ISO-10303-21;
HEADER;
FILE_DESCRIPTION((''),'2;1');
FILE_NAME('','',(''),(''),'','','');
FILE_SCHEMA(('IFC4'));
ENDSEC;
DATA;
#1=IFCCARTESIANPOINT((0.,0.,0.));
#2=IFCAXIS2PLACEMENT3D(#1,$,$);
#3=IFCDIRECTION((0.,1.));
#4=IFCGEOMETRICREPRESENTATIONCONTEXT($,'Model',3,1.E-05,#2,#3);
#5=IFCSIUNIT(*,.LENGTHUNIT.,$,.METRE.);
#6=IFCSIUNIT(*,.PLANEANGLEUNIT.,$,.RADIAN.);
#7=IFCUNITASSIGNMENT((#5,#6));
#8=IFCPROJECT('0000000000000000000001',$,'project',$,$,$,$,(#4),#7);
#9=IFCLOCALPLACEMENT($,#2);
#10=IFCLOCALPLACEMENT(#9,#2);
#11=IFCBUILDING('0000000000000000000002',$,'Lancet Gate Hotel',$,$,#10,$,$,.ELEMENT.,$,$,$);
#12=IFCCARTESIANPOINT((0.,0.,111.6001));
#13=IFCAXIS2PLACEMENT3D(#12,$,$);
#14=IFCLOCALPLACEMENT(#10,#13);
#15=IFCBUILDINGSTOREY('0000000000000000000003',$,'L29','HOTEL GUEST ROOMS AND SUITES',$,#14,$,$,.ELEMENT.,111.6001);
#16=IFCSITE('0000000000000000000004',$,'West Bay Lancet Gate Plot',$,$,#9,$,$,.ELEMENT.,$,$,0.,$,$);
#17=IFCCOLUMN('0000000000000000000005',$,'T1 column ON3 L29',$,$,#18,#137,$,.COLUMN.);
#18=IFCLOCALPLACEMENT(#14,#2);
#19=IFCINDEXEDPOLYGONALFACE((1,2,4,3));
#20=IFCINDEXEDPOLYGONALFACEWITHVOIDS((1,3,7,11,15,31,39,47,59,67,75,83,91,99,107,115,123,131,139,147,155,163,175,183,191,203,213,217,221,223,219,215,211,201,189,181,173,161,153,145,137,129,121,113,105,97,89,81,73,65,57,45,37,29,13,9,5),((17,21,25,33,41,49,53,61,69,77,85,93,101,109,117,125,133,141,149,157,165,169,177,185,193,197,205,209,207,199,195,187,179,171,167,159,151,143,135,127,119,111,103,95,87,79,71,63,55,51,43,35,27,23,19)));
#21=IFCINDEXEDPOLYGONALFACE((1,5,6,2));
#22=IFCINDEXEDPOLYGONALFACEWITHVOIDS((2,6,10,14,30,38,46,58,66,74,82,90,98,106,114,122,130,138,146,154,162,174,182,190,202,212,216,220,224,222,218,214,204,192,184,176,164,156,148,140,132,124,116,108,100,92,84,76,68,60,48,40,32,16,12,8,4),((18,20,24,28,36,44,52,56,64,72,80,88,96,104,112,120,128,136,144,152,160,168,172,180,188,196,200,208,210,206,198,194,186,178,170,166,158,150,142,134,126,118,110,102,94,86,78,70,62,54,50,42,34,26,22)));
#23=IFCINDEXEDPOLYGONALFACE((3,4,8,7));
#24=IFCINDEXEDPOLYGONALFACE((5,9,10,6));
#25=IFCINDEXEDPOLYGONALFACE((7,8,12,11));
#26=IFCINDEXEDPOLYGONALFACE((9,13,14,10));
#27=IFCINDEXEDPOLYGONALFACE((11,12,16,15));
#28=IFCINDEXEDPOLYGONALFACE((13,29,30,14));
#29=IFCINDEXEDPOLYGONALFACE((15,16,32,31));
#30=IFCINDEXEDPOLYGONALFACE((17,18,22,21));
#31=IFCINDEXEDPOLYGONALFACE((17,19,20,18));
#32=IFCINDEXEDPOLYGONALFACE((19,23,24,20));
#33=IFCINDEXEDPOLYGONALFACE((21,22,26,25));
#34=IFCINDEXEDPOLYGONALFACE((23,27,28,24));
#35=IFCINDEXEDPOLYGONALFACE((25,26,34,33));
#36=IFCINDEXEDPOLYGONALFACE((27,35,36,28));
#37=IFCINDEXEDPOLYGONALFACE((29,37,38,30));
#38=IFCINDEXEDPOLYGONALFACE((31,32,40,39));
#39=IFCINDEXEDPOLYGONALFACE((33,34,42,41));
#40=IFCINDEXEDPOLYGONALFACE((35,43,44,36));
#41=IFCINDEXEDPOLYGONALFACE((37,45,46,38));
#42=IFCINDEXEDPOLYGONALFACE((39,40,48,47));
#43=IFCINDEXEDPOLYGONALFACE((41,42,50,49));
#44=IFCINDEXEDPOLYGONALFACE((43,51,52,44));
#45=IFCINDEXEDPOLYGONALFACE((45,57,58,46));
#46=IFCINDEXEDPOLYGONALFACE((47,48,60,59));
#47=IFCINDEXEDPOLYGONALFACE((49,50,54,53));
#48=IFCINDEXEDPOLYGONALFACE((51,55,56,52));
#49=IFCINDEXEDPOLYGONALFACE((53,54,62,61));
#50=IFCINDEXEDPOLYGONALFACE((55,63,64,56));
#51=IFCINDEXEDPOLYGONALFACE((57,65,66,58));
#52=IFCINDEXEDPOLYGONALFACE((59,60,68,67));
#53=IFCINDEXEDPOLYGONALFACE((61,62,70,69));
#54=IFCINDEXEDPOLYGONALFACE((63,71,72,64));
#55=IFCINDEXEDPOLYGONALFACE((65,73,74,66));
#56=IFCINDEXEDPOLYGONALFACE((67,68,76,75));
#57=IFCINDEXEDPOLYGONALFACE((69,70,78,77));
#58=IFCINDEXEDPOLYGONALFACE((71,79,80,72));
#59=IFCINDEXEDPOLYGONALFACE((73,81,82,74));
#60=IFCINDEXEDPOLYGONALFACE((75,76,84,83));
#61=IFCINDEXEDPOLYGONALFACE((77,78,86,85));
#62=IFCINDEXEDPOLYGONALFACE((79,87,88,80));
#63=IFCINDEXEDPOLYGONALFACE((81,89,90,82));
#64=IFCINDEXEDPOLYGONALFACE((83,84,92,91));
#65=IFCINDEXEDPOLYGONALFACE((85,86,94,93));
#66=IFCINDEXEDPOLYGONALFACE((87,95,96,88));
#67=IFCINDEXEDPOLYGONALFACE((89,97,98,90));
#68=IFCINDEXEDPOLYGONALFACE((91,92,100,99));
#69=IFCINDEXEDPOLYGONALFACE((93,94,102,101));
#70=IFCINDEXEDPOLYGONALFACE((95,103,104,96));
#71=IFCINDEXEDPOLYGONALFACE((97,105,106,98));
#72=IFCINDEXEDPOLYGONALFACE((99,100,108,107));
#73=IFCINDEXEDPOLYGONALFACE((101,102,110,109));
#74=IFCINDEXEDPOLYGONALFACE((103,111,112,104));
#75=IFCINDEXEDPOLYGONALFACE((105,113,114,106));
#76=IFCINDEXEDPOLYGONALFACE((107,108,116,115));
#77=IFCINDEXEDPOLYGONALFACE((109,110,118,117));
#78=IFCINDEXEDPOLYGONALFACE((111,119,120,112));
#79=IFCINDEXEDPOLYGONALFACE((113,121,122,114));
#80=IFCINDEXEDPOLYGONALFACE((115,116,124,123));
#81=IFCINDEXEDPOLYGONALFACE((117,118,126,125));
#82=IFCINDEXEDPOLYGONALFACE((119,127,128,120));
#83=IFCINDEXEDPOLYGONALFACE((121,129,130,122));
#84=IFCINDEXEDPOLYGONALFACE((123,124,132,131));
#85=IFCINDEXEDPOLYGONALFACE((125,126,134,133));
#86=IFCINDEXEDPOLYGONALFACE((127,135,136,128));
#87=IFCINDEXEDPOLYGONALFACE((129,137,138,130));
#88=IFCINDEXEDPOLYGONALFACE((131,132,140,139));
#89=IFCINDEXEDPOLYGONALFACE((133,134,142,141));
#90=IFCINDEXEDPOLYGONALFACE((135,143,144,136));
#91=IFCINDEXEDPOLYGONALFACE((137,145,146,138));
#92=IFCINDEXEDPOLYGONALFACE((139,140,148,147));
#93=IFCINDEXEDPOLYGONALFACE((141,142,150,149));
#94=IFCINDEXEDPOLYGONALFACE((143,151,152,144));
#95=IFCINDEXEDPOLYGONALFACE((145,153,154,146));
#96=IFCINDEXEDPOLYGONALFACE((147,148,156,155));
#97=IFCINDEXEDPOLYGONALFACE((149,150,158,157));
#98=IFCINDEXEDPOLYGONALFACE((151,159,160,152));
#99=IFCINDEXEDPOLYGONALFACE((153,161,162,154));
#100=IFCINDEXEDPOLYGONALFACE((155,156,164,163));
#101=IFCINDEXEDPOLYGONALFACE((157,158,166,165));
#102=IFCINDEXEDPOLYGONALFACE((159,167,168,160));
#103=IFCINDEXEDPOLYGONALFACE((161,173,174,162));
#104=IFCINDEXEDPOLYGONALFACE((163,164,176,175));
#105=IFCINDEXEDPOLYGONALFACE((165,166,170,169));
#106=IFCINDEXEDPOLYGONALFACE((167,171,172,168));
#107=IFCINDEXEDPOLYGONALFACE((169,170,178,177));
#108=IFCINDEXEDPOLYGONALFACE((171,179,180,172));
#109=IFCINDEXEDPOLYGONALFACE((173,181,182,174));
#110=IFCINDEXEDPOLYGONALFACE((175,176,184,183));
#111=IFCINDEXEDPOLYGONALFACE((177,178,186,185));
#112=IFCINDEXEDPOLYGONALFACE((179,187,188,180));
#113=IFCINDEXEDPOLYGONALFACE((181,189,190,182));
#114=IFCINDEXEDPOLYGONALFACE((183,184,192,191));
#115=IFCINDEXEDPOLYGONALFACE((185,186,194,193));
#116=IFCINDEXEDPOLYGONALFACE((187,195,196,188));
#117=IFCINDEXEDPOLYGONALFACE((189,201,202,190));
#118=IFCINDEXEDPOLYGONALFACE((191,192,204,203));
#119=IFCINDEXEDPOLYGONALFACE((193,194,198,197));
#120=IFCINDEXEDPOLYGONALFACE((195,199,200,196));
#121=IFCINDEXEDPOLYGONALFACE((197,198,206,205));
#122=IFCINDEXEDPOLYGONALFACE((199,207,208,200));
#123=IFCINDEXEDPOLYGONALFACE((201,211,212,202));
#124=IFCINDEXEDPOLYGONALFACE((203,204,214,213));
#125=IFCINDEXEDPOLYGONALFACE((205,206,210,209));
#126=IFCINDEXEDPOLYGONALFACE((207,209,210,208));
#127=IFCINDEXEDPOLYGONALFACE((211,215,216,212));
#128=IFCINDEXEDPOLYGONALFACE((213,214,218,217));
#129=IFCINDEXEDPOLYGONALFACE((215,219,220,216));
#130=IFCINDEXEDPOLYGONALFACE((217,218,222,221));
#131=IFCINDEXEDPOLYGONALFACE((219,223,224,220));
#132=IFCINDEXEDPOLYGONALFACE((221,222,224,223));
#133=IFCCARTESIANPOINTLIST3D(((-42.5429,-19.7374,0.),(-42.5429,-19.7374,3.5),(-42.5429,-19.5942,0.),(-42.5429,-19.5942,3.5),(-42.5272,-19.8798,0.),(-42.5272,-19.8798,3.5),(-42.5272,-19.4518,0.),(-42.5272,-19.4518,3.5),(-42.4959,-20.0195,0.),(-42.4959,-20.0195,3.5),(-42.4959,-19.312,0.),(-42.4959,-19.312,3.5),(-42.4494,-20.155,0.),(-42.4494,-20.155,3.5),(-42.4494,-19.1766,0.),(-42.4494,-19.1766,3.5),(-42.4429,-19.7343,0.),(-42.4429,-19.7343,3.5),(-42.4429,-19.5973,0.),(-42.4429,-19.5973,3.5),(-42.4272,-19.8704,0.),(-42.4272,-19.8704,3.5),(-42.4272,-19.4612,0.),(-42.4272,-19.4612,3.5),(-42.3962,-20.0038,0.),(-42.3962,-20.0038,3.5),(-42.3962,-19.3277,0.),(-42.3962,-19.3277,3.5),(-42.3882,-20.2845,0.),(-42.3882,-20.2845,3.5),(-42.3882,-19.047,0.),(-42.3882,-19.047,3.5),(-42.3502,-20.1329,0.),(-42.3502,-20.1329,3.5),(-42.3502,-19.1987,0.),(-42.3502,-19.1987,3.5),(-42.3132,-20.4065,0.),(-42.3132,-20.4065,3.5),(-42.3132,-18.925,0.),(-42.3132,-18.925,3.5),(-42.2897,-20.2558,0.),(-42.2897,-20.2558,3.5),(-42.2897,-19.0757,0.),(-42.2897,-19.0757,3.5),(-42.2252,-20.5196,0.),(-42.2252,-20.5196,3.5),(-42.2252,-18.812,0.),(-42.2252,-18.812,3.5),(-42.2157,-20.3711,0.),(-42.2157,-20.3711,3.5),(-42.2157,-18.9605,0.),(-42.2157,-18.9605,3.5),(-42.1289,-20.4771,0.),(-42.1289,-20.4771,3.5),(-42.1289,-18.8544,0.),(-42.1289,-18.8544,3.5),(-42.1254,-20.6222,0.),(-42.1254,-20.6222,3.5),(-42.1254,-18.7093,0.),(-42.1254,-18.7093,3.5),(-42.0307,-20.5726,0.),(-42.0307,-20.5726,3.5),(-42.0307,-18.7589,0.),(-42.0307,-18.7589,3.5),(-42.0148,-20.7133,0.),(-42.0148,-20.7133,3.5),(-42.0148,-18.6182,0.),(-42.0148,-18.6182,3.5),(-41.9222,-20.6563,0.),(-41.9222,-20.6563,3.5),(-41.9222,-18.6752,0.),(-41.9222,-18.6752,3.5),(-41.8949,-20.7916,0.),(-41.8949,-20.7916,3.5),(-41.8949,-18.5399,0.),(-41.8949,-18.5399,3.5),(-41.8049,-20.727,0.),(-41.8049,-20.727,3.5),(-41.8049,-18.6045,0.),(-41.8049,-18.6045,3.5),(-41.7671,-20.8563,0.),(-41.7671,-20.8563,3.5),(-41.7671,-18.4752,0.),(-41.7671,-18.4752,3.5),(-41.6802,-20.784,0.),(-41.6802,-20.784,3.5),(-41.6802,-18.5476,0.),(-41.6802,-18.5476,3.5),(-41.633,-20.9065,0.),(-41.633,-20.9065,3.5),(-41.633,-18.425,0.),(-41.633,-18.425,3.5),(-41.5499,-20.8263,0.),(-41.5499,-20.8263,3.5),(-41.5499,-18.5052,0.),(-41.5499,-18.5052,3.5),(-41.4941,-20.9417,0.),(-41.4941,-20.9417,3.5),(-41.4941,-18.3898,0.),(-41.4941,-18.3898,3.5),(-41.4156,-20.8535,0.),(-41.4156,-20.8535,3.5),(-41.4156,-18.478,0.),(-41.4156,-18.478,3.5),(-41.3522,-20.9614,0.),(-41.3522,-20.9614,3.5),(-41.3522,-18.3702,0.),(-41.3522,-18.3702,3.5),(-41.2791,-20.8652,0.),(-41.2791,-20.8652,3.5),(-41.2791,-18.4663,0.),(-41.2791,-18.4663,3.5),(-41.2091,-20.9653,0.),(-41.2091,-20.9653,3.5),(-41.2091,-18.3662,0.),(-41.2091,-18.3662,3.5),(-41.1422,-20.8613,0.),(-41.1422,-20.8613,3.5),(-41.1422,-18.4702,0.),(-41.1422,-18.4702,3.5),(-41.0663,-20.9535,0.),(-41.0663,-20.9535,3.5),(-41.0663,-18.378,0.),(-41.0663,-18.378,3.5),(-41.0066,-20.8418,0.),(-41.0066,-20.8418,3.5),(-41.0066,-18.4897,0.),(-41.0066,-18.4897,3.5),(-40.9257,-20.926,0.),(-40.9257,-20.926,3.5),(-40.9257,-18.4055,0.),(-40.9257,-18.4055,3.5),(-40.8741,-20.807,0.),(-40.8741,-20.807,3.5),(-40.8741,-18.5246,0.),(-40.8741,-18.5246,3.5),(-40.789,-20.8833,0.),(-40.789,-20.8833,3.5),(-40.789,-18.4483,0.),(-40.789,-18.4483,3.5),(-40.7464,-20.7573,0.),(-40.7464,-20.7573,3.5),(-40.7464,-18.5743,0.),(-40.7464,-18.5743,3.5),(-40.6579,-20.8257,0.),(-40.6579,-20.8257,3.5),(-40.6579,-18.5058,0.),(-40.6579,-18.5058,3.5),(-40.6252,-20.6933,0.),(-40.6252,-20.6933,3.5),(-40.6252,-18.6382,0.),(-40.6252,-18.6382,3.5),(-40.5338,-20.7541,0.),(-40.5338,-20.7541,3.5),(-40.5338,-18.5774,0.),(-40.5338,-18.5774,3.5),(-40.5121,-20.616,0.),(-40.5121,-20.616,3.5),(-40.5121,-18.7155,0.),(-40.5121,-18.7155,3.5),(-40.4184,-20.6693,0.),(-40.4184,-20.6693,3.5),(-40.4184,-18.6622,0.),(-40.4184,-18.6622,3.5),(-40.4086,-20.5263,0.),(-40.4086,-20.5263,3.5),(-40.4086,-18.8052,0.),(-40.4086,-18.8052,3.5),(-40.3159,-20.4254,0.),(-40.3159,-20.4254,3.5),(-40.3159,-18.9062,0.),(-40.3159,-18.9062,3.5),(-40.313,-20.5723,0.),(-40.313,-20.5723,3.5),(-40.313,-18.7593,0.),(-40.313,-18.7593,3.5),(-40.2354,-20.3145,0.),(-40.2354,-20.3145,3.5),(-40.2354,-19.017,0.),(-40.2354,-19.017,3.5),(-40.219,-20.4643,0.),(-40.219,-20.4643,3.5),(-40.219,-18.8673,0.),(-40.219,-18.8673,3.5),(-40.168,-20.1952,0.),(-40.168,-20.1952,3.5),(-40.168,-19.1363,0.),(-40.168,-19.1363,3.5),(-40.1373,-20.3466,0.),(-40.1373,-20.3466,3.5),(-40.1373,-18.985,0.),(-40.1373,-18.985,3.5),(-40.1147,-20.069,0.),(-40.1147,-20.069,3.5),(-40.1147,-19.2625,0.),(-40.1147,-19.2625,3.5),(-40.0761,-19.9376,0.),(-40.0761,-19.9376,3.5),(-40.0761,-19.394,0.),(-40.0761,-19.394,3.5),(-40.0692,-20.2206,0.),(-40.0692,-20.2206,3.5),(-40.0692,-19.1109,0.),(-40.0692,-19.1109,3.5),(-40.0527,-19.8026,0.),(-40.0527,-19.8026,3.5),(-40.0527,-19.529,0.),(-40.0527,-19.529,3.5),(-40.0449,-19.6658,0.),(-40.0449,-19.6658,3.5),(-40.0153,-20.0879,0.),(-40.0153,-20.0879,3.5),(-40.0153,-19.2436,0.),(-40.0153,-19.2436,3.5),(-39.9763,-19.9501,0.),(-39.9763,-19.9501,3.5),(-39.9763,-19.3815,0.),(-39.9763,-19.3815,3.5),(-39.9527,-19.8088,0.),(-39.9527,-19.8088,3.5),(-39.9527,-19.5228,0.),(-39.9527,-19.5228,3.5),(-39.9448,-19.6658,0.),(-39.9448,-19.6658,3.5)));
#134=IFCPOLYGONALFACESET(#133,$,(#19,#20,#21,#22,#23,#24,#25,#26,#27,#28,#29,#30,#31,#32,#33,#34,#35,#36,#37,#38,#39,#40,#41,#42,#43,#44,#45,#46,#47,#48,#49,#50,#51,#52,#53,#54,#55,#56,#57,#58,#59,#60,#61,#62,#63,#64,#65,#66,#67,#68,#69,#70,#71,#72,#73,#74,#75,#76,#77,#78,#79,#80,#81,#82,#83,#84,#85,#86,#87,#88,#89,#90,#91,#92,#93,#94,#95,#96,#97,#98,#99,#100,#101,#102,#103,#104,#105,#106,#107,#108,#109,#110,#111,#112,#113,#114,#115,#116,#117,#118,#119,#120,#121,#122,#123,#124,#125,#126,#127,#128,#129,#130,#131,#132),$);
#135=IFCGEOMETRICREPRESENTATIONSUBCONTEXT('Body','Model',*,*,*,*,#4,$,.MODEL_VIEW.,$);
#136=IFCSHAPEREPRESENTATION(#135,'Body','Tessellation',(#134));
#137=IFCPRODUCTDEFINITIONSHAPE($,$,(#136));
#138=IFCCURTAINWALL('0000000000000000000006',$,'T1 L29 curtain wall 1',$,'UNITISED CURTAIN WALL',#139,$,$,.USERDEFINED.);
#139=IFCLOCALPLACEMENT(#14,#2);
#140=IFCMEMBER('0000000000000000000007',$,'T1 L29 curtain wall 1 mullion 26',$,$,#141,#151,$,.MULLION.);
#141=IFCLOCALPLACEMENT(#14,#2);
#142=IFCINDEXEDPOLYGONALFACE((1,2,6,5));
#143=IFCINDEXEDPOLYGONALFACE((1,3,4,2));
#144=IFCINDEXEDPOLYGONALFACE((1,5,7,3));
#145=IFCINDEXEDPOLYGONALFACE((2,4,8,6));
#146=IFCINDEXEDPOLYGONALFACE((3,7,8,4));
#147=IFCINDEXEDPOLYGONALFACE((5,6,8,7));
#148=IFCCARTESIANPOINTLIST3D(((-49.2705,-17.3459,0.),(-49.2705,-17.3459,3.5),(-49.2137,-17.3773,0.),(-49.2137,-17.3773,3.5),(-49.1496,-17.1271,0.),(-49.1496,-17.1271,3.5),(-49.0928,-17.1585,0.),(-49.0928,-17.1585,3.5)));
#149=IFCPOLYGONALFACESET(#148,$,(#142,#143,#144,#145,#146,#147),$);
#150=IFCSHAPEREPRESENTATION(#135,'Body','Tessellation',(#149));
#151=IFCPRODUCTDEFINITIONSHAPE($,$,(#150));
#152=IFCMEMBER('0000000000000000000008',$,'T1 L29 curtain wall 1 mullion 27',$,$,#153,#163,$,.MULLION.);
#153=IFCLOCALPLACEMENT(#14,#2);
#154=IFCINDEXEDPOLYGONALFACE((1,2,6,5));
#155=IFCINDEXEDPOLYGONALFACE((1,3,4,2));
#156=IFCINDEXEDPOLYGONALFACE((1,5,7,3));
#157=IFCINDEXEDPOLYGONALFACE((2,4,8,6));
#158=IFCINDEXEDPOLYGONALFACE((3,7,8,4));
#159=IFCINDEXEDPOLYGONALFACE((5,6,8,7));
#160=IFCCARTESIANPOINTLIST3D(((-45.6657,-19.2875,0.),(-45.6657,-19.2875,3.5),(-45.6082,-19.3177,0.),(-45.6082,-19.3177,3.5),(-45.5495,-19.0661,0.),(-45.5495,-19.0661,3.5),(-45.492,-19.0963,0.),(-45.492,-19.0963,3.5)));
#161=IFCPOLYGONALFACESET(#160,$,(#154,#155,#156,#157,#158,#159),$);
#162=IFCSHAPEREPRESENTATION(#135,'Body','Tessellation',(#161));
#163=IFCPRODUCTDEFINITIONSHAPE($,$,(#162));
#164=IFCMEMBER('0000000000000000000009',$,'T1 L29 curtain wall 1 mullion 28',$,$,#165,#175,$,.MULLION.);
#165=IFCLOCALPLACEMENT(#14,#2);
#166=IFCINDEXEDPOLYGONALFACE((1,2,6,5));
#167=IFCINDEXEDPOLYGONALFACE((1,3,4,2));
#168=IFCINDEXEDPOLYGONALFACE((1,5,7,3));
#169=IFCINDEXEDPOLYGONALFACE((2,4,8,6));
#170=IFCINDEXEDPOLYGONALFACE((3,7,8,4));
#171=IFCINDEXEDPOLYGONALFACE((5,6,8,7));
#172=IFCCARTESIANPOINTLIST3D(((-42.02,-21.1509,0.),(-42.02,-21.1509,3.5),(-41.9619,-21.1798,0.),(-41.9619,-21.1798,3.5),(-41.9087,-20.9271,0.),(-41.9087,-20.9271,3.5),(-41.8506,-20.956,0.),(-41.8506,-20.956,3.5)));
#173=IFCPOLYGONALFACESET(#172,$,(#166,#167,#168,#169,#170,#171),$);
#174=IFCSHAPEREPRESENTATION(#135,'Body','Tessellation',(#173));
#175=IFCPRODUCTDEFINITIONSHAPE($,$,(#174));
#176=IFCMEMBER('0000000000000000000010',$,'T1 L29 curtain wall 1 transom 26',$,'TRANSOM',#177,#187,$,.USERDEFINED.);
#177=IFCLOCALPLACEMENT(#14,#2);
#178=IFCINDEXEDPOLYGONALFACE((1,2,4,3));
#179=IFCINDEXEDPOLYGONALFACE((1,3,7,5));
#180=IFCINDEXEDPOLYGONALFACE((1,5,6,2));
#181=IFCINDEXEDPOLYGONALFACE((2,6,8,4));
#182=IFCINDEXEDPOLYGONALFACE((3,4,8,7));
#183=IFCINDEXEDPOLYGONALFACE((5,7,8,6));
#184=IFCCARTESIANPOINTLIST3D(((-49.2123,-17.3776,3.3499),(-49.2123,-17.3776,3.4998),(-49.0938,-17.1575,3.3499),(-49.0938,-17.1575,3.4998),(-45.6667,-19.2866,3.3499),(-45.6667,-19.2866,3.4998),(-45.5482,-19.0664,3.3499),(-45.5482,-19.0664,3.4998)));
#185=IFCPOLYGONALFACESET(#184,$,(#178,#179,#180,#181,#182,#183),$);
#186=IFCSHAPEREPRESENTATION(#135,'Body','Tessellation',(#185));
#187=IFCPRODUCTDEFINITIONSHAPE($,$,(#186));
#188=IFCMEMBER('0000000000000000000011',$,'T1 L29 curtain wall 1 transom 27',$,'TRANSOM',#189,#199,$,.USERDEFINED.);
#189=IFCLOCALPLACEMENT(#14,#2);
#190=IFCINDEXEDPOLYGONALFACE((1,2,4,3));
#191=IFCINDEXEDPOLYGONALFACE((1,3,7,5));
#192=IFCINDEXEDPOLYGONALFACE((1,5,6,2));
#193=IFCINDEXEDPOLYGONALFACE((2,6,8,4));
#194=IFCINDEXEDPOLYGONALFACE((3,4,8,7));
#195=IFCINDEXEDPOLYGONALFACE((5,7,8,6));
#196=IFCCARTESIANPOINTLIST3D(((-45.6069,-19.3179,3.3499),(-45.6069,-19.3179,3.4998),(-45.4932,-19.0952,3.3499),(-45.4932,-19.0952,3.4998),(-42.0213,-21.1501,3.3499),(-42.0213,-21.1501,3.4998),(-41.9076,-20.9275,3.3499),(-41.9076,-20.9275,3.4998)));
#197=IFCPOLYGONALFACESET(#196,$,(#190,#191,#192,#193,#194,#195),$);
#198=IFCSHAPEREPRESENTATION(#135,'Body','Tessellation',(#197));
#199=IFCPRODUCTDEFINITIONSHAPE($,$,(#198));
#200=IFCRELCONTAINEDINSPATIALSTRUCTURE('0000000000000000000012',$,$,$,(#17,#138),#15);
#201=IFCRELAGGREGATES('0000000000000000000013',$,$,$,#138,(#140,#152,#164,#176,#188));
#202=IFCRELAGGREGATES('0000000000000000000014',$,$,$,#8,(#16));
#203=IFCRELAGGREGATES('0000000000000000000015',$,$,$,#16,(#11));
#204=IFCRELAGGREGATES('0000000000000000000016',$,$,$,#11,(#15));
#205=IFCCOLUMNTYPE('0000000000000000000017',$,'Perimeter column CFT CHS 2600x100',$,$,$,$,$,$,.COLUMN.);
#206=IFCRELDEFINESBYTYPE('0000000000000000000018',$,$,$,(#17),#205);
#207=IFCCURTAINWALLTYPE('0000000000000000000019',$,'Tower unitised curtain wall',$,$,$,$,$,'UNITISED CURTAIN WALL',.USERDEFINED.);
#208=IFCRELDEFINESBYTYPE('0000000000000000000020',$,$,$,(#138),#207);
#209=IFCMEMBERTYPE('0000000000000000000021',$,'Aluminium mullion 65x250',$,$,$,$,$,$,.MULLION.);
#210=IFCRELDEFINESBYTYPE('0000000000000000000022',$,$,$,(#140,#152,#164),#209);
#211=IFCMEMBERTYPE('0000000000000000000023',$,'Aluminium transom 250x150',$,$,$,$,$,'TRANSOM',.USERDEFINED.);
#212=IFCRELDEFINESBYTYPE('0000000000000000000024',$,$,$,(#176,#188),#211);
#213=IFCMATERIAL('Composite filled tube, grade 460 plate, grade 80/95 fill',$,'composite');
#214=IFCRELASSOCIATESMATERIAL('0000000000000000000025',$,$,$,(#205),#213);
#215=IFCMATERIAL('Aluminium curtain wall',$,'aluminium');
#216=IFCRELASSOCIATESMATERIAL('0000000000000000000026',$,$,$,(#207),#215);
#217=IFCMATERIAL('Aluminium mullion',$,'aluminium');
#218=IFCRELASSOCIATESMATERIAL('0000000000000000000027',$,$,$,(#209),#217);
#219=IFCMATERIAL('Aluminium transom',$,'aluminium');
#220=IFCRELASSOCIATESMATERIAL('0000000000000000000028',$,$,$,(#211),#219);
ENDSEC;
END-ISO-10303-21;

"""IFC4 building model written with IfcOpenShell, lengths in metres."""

from ifc_helpers import new_model, si_unit, direction, frame, origin, origin_2d, place, context, subcontext, project, spatial, rectangle, hollow_circle, extrude, material, material_profile, profile_set, type_object, element, aggregate, save


model = new_model("IFC4")

# Units and contexts
model_context = context("Model", 3, precision=1e-05, world=origin(), true_north=direction((0.0, 1.0)))
body_context = subcontext(model_context, "Body", "Model", "MODEL_VIEW")
ifc_project = project(units=[si_unit("LENGTHUNIT", "METRE"), si_unit("PLANEANGLEUNIT", "RADIAN")], contexts=[model_context])

# Site, building, storey
site_placement = place(None, origin())
site = spatial("IfcSite", under=ifc_project, at=site_placement, Name="West Bay Lancet Gate Plot", CompositionType="ELEMENT", RefElevation=0.0)
building_placement = place(site_placement, origin())
building = spatial("IfcBuilding", under=site, at=building_placement, Name="Lancet Gate Hotel", CompositionType="ELEMENT")
storey_placement = place(building_placement, frame((0.0, 0.0, 111.6001)))
storey = spatial("IfcBuildingStorey", under=building, at=storey_placement, Name="L29", Description="HOTEL GUEST ROOMS AND SUITES", CompositionType="ELEMENT", Elevation=111.6001)

# Column
ifc_material_1 = material(Name="Composite filled tube, grade 460 plate, grade 80/95 fill", Category="composite")
ifc_material_profile_1 = material_profile(ifc_material_1, hollow_circle(Radius=1.3, WallThickness=0.1001, at=origin_2d()), Name="CHS 2600x100")
ifc_profile_set_1 = profile_set([ifc_material_profile_1], Name="Composite filled tube, grade 460 plate, grade 80/95 fill")
column_type = type_object("IfcColumnType", Name="Perimeter column CFT CHS 2600x100", PredefinedType="COLUMN", material=ifc_profile_set_1)
column_placement = place(storey_placement, frame((-41.2449, -19.6658, 0.0), z_axis=(0.0, 0.0, 1.0), x_axis=(1.0, 0.0, 0.0)))
element("IfcColumn", 1, at=column_placement, inside=storey, type_object=column_type, Name="T1 column ON3 L29", PredefinedType="COLUMN", context=body_context, shape_type="SweptSolid", body=[
    extrude(hollow_circle(Radius=1.3, WallThickness=0.1001, at=origin_2d()), origin(), (0.0, 0.0, 1.0), 3.5),
])

# Curtain wall, members
ifc_material_2 = material(Name="Aluminium curtain wall", Category="aluminium")
curtain_wall_type = type_object("IfcCurtainWallType", Name="Tower unitised curtain wall", ElementType="UNITISED CURTAIN WALL", PredefinedType="USERDEFINED", material=ifc_material_2)
curtain_wall_placement = place(storey_placement, origin())
curtain_wall = element("IfcCurtainWall", 2, at=curtain_wall_placement, inside=storey, type_object=curtain_wall_type, Name="T1 L29 curtain wall 1", ObjectType="UNITISED CURTAIN WALL", PredefinedType="USERDEFINED")
ifc_material_3 = material(Name="Aluminium mullion", Category="aluminium")
ifc_material_profile_2 = material_profile(ifc_material_3, rectangle(XDim=0.0649, YDim=0.25, at=origin_2d()), Name="MULLION 65x250")
ifc_profile_set_2 = profile_set([ifc_material_profile_2], Name="Aluminium mullion")
member_type_1 = type_object("IfcMemberType", Name="Aluminium mullion 65x250", PredefinedType="MULLION", material=ifc_profile_set_2)
member_1_placement = place(storey_placement, frame((-49.1816, -17.2522, 0.0), z_axis=(0.0, 0.0, 1.0), x_axis=(0.875339, -0.48351, 0.0)))
member_1 = element("IfcMember", 3, at=member_1_placement, type_object=member_type_1, Name="T1 L29 curtain wall 1 mullion 26", PredefinedType="MULLION", context=body_context, shape_type="SweptSolid", body=[
    extrude(rectangle(XDim=0.0649, YDim=0.25, at=origin_2d()), origin(), (0.0, 0.0, 1.0), 3.5),
])
member_2_placement = place(storey_placement, frame((-45.5789, -19.1919, 0.0), z_axis=(0.0, 0.0, 1.0), x_axis=(0.885544, -0.464555, 0.0)))
member_2 = element("IfcMember", 4, at=member_2_placement, type_object=member_type_1, Name="T1 L29 curtain wall 1 mullion 27", PredefinedType="MULLION", context=body_context, shape_type="SweptSolid", body=[
    extrude(rectangle(XDim=0.0649, YDim=0.25, at=origin_2d()), origin(), (0.0, 0.0, 1.0), 3.5),
])
member_3_placement = place(storey_placement, frame((-41.9353, -21.0535, 0.0), z_axis=(0.0, 0.0, 1.0), x_axis=(0.895339, -0.445384, 0.0)))
member_3 = element("IfcMember", 5, at=member_3_placement, type_object=member_type_1, Name="T1 L29 curtain wall 1 mullion 28", PredefinedType="MULLION", context=body_context, shape_type="SweptSolid", body=[
    extrude(rectangle(XDim=0.0649, YDim=0.25, at=origin_2d()), origin(), (0.0, 0.0, 1.0), 3.5),
])
ifc_material_4 = material(Name="Aluminium transom", Category="aluminium")
ifc_material_profile_3 = material_profile(ifc_material_4, rectangle(XDim=0.25, YDim=0.1499, at=origin_2d()), Name="TRANSOM 250x150")
ifc_profile_set_3 = profile_set([ifc_material_profile_3], Name="Aluminium transom")
member_type_2 = type_object("IfcMemberType", Name="Aluminium transom 250x150", ElementType="TRANSOM", PredefinedType="USERDEFINED", material=ifc_profile_set_3)
member_4_placement = place(storey_placement, frame((-49.1531, -17.2676, 3.4248), z_axis=(0.880498, -0.474049, 0.0), x_axis=(0.474049, 0.880498, 0.0)))
member_4 = element("IfcMember", 6, at=member_4_placement, type_object=member_type_2, Name="T1 L29 curtain wall 1 transom 26", ObjectType="TRANSOM", PredefinedType="USERDEFINED", context=body_context, shape_type="SweptSolid", body=[
    extrude(rectangle(XDim=0.25, YDim=0.1499, at=origin_2d()), origin(), (0.0, 0.0, 1.0), 4.0269),
])
member_5_placement = place(storey_placement, frame((-45.55, -19.2065, 3.4248), z_axis=(0.890476, -0.45503, 0.0), x_axis=(0.45503, 0.890476, 0.0)))
member_5 = element("IfcMember", 7, at=member_5_placement, type_object=member_type_2, Name="T1 L29 curtain wall 1 transom 27", ObjectType="TRANSOM", PredefinedType="USERDEFINED", context=body_context, shape_type="SweptSolid", body=[
    extrude(rectangle(XDim=0.25, YDim=0.1499, at=origin_2d()), origin(), (0.0, 0.0, 1.0), 4.0266),
])

aggregate(curtain_wall, [member_1, member_2, member_3, member_4, member_5])

save(model, "model.ifc")
